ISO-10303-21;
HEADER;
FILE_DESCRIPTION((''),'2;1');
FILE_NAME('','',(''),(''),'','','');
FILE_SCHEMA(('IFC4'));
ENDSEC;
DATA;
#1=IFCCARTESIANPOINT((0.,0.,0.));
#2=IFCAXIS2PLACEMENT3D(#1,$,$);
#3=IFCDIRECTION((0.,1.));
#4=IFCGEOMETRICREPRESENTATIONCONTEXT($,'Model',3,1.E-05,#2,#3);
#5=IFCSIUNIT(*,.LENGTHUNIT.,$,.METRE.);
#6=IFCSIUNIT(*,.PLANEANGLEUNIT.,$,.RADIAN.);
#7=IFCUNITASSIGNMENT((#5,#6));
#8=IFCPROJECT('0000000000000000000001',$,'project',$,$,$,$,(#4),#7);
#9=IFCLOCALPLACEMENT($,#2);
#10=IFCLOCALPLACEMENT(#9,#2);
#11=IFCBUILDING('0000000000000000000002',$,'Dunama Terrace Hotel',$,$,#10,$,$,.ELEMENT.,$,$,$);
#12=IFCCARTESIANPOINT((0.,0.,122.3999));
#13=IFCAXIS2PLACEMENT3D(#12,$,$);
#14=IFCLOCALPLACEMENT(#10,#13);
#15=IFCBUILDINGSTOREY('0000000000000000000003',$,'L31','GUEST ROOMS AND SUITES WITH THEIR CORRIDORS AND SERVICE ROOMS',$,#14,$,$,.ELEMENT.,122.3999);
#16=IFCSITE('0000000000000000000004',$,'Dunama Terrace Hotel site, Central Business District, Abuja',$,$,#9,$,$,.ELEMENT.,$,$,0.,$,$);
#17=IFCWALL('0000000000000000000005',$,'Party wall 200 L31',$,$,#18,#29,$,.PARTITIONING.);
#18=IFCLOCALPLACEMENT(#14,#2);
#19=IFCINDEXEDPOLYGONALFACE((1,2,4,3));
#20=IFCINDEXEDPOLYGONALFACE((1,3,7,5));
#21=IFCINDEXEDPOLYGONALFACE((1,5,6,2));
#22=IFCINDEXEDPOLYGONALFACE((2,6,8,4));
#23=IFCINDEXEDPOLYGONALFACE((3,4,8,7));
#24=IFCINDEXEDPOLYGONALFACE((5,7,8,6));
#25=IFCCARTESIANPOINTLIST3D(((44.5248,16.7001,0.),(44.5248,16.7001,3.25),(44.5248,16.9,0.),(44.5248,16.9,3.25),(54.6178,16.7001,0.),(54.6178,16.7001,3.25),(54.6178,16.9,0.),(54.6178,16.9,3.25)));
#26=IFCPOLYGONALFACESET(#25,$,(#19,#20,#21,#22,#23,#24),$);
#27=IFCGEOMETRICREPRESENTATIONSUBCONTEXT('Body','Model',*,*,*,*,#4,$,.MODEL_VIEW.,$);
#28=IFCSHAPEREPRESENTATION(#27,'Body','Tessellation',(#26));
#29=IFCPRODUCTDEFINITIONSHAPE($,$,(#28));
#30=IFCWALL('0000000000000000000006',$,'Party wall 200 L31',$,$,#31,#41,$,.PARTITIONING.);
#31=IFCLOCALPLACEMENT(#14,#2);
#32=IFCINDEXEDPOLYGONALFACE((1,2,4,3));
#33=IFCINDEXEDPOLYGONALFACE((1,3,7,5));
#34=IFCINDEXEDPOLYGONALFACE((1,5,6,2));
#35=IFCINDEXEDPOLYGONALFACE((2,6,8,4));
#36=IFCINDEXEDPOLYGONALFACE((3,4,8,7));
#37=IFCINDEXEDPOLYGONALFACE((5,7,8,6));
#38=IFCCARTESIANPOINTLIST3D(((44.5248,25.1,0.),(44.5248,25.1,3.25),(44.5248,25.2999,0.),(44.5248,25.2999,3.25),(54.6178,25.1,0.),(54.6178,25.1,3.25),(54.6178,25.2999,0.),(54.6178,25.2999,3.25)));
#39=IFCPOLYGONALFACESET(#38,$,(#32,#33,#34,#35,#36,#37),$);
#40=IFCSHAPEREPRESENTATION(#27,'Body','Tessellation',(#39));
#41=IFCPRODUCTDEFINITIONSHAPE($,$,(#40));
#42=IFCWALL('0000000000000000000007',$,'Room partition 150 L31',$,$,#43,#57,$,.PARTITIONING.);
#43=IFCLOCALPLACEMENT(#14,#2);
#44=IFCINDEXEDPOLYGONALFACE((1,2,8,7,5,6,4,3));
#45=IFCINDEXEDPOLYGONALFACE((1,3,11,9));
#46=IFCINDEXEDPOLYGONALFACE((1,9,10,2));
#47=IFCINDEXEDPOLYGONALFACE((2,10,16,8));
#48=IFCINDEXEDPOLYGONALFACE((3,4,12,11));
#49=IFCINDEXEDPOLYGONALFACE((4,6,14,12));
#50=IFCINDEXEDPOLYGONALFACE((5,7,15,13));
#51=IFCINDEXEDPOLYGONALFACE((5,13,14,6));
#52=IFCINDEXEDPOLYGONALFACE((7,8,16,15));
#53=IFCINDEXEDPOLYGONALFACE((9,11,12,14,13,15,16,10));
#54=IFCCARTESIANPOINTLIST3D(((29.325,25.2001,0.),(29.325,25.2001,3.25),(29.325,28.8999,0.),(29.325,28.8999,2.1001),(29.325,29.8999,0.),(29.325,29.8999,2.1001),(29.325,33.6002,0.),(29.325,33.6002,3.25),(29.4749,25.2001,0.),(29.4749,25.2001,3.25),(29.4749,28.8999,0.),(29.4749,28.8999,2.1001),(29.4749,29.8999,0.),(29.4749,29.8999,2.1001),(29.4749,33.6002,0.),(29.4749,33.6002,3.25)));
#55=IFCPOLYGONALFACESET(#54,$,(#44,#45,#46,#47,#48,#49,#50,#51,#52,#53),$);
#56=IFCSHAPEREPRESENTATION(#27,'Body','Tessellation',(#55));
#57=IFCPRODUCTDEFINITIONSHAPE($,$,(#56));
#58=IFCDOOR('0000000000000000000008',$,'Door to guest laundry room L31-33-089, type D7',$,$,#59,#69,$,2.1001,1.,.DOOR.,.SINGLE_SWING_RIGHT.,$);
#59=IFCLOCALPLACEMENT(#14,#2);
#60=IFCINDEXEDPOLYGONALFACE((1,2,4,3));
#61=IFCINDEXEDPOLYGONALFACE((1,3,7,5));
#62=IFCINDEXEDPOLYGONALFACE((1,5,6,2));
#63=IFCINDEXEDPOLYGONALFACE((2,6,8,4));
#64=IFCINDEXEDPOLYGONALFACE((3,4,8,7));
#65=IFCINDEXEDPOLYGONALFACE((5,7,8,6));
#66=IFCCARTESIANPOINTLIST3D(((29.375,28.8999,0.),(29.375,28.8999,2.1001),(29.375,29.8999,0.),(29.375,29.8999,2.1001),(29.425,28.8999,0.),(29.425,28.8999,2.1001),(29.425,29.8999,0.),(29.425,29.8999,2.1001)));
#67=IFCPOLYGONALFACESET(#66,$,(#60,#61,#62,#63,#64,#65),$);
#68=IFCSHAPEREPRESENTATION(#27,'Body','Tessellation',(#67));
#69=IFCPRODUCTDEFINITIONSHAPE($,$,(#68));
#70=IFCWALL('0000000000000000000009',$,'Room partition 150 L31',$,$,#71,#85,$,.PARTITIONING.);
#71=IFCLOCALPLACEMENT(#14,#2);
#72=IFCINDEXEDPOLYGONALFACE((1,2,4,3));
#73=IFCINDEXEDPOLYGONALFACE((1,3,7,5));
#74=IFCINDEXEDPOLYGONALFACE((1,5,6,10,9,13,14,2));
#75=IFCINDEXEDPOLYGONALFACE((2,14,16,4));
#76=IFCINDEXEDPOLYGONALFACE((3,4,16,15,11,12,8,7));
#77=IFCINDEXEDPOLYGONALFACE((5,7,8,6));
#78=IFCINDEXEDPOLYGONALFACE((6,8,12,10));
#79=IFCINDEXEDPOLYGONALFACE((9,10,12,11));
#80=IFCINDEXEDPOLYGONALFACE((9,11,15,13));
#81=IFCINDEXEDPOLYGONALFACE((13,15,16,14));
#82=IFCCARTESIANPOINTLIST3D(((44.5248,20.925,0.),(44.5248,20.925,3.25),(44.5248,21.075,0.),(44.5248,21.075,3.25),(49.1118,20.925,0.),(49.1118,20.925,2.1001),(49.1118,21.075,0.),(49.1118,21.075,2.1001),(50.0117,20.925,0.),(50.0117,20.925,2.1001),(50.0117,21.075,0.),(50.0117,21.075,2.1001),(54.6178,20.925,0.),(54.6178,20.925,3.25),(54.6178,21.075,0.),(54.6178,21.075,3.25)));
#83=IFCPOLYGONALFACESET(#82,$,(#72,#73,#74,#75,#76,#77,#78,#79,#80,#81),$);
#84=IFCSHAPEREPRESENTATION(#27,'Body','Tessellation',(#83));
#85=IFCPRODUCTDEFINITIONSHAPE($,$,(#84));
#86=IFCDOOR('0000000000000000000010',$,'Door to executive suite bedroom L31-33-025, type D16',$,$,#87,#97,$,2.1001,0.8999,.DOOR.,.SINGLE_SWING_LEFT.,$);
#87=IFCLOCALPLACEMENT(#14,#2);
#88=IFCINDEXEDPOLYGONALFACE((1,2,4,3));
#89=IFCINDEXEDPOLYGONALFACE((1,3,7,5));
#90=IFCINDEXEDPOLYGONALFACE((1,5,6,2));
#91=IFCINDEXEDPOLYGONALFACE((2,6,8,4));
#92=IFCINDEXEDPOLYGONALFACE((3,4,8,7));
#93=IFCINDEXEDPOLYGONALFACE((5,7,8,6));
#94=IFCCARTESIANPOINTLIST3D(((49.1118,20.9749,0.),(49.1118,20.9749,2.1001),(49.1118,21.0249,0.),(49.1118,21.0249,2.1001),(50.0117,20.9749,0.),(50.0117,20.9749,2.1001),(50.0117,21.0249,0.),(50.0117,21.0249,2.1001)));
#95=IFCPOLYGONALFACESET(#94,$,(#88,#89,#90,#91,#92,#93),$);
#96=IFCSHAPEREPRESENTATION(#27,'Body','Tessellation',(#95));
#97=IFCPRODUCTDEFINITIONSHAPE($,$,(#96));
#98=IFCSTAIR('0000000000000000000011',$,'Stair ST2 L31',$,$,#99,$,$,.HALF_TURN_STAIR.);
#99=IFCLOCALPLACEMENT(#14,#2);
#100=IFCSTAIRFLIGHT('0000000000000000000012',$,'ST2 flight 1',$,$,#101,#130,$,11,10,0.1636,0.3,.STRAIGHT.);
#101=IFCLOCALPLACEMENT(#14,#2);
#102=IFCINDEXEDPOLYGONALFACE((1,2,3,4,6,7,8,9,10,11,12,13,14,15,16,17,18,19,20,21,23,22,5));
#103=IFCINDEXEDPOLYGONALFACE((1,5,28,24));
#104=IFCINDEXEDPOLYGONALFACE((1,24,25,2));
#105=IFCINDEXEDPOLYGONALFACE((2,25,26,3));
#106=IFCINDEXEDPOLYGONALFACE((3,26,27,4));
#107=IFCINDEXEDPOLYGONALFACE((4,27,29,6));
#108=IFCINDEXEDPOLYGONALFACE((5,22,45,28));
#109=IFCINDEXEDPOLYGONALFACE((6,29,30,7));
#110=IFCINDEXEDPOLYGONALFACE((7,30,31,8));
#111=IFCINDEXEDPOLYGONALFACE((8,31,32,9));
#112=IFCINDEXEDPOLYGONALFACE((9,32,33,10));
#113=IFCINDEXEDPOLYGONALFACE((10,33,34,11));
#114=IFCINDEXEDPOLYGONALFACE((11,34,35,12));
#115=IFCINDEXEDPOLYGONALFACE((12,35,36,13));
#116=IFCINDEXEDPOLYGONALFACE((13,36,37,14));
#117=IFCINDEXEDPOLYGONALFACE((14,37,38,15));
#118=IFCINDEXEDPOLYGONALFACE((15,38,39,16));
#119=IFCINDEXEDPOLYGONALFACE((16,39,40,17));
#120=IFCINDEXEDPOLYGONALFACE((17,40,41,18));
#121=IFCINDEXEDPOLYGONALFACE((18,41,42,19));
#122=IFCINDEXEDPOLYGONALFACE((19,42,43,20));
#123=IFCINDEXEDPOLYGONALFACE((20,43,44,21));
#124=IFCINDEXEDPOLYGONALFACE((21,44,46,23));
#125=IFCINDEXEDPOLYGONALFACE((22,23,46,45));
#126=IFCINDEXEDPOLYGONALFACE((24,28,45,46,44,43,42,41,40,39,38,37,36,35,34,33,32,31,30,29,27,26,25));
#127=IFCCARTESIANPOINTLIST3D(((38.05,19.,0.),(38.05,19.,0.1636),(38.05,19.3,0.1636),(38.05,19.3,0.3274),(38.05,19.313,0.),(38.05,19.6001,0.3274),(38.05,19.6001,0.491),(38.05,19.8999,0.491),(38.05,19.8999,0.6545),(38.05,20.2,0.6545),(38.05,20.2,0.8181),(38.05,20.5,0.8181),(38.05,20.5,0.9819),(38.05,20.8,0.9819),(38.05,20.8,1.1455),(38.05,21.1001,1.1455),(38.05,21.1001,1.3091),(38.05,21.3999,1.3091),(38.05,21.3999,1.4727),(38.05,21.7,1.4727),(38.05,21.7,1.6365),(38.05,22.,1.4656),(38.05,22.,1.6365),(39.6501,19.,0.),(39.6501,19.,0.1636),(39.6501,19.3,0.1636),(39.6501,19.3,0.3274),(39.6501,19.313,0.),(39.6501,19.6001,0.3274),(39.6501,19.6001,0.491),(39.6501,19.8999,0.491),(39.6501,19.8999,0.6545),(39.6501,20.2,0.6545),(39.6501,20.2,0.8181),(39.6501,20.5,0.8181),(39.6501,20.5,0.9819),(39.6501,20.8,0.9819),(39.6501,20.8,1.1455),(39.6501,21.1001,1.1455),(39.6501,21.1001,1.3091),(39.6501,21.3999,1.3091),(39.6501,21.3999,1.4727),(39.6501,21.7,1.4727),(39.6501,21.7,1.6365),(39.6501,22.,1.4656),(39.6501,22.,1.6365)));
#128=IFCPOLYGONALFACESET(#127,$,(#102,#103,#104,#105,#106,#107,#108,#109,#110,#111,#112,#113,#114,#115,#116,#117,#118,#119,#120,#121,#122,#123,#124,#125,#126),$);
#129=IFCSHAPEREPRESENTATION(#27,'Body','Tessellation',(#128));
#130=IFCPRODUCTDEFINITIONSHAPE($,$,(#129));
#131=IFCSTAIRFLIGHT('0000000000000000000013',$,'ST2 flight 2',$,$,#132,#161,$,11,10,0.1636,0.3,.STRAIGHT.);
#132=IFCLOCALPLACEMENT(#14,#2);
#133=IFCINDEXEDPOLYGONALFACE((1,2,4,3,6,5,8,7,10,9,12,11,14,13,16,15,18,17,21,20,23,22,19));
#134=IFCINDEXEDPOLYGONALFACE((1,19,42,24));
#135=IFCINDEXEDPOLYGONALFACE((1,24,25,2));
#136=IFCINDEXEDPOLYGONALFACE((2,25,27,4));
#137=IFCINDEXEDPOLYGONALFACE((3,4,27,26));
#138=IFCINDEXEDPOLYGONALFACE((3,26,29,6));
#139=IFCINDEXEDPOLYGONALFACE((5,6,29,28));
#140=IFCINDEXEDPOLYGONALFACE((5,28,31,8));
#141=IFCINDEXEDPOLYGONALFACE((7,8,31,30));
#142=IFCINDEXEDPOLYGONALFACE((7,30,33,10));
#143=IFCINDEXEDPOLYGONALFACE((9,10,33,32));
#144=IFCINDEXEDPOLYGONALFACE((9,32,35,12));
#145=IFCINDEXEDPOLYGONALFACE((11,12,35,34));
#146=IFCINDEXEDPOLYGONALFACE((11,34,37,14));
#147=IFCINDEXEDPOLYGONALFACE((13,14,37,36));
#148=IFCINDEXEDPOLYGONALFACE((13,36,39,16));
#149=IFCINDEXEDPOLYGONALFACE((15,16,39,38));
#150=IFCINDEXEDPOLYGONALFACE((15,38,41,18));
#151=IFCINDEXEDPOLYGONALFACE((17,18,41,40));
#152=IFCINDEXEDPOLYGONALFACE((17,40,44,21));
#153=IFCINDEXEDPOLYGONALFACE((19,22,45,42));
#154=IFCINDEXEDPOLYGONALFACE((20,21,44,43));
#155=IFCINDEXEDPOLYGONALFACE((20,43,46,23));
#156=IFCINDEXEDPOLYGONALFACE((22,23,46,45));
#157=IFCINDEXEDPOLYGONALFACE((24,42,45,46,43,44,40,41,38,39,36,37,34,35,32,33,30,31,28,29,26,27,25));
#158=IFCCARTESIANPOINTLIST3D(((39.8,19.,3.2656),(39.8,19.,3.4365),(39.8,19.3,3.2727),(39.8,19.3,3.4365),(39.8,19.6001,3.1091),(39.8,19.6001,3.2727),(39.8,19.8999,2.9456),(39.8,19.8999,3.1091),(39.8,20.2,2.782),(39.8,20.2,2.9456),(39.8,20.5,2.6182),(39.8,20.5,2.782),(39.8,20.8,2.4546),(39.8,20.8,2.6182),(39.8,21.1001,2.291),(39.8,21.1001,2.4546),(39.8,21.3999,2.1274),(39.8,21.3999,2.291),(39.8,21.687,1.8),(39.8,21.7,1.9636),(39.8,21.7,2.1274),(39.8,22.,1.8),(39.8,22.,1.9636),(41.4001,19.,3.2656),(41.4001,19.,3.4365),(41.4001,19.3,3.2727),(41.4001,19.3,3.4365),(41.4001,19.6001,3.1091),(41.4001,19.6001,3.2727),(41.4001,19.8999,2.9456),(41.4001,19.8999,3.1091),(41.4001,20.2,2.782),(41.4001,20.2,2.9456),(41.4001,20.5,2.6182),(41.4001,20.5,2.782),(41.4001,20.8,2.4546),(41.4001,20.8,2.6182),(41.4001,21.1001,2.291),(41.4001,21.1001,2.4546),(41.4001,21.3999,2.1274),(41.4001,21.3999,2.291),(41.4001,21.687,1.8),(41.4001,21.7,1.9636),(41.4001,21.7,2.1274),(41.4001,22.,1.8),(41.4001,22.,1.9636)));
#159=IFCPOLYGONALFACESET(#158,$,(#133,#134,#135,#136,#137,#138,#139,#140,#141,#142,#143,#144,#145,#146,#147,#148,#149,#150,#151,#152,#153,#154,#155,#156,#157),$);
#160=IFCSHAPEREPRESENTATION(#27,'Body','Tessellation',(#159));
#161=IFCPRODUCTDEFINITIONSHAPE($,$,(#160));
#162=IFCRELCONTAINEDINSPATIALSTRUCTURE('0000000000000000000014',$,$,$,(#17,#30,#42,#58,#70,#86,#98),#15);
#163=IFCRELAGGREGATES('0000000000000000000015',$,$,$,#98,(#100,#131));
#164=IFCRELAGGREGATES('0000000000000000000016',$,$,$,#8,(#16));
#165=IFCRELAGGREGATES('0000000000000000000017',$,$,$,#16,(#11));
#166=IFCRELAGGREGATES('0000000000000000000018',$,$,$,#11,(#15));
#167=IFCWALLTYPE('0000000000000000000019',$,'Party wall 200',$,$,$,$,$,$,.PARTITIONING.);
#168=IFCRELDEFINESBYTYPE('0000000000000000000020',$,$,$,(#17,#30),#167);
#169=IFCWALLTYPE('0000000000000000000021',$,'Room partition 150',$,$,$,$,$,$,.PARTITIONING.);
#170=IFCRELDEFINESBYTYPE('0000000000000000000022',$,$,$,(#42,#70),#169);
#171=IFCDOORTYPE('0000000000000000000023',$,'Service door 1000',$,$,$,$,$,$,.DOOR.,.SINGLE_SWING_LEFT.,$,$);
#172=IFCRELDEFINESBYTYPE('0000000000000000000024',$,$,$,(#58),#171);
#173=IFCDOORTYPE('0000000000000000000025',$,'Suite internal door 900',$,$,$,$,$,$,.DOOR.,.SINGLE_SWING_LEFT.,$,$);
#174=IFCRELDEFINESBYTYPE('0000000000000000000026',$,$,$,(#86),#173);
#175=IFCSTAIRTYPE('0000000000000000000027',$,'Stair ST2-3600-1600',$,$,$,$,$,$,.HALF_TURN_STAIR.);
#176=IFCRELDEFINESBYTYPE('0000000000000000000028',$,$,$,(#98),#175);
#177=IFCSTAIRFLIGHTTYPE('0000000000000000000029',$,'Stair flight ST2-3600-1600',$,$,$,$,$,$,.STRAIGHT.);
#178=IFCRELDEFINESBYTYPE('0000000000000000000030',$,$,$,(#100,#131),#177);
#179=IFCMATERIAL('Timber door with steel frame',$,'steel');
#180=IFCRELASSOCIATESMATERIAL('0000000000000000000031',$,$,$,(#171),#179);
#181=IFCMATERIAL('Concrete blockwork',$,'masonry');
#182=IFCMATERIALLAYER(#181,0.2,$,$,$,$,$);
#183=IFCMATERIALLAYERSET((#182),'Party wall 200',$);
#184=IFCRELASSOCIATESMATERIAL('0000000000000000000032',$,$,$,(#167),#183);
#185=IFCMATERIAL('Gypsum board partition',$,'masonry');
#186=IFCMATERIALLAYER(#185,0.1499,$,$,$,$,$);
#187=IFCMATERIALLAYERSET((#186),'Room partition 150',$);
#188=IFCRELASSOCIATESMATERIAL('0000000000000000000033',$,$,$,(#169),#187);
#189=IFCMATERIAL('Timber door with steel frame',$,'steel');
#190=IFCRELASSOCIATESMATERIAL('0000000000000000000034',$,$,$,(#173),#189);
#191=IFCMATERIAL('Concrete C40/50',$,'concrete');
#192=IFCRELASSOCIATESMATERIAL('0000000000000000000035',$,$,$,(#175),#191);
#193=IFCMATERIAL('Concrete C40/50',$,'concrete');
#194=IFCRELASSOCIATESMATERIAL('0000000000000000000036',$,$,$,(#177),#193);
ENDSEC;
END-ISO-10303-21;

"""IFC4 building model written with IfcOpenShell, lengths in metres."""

from ifc_helpers import new_model, si_unit, direction, frame, frame_2d, origin, place, context, subcontext, project, spatial, polyline, rectangle, outline, extrude, material, layer, layer_set, type_object, element, fill, aggregate, save


model = new_model("IFC4")

# Units and contexts
model_context = context("Model", 3, precision=1e-05, world=origin(), true_north=direction((0.0, 1.0)))
body_context = subcontext(model_context, "Body", "Model", "MODEL_VIEW")
ifc_project = project(units=[si_unit("LENGTHUNIT", "METRE"), si_unit("PLANEANGLEUNIT", "RADIAN")], contexts=[model_context])

# Site, building, storey
site_placement = place(None, origin())
site = spatial("IfcSite", under=ifc_project, at=site_placement, Name="Dunama Terrace Hotel site, Central Business District, Abuja", CompositionType="ELEMENT", RefElevation=0.0)
building_placement = place(site_placement, origin())
building = spatial("IfcBuilding", under=site, at=building_placement, Name="Dunama Terrace Hotel", CompositionType="ELEMENT")
storey_placement = place(building_placement, frame((0.0, 0.0, 122.3999)))
storey = spatial("IfcBuildingStorey", under=building, at=storey_placement, Name="L31", Description="GUEST ROOMS AND SUITES WITH THEIR CORRIDORS AND SERVICE ROOMS", CompositionType="ELEMENT", Elevation=122.3999)

# Shared definitions
ifc_material_1 = material(Name="Timber door with steel frame", Category="steel")
door_type_1 = type_object("IfcDoorType", Name="Service door 1000", OperationType="SINGLE_SWING_LEFT", PredefinedType="DOOR", material=ifc_material_1)

# Walls
ifc_material_2 = material(Name="Concrete blockwork", Category="masonry")
ifc_layer_1 = layer(ifc_material_2, 0.2)
ifc_layer_set_1 = layer_set([ifc_layer_1], Name="Party wall 200")
wall_type_1 = type_object("IfcWallType", Name="Party wall 200", PredefinedType="PARTITIONING", material=ifc_layer_set_1)
for number, where, z_axis, x_axis, name in (
    (1, (44.5249, 16.8, 0.0), (0.0, 0.0, 1.0), (1.0, 0.0, 0.0), "Party wall 200 L31"),
    (2, (44.5249, 25.2, 0.0), (0.0, 0.0, 1.0), (1.0, 0.0, 0.0), "Party wall 200 L31"),
):
    element("IfcWall", number, at=place(storey_placement, frame(where, z_axis=z_axis, x_axis=x_axis)), inside=storey, type_object=wall_type_1, Name=name, PredefinedType="PARTITIONING", context=body_context, shape_type="SweptSolid", body=[
        extrude(rectangle(XDim=10.093, YDim=0.2, at=frame_2d((5.0464, 0.0))), origin(), (0.0, 0.0, 1.0), 3.25),
    ])

# Walls, openings, doors
ifc_material_3 = material(Name="Gypsum board partition", Category="masonry")
ifc_layer_2 = layer(ifc_material_3, 0.1499)
ifc_layer_set_2 = layer_set([ifc_layer_2], Name="Room partition 150")
wall_type_2 = type_object("IfcWallType", Name="Room partition 150", PredefinedType="PARTITIONING", material=ifc_layer_set_2)
wall_1_placement = place(storey_placement, frame((29.3999, 25.2, 0.0), z_axis=(0.0, 0.0, 1.0), x_axis=(0.0, 1.0, 0.0)))
wall_1 = element("IfcWall", 3, at=wall_1_placement, inside=storey, type_object=wall_type_2, Name="Room partition 150 L31", PredefinedType="PARTITIONING", context=body_context, shape_type="SweptSolid", body=[
    extrude(rectangle(XDim=8.4001, YDim=0.1499, at=frame_2d((4.2002, 0.0))), origin(), (0.0, 0.0, 1.0), 3.25),
])
opening_1_placement = place(wall_1_placement, frame((3.7, 0.0, 0.0)))
opening_1 = element("IfcOpeningElement", 4, at=opening_1_placement, cuts=wall_1, PredefinedType="OPENING", context=body_context, shape_type="SweptSolid", body=[
    extrude(rectangle(XDim=1.0, YDim=2.1001, at=frame_2d((0.5, 1.05))), frame((0.0, 0.085, 0.0), z_axis=(0.0, -1.0, 0.0), x_axis=(1.0, 0.0, 0.0)), (0.0, 0.0, 1.0), 0.1699),
])
door_1_placement = place(opening_1_placement, frame((1.0, 0.0, 0.0), z_axis=(0.0, 0.0, 1.0), x_axis=(-1.0, 0.0, 0.0)))
door_1 = element("IfcDoor", 5, at=door_1_placement, inside=storey, type_object=door_type_1, Name="Door to guest laundry room L31-33-089, type D7", OperationType="SINGLE_SWING_RIGHT", OverallHeight=2.1001, OverallWidth=1.0, PredefinedType="DOOR", context=body_context, shape_type="SweptSolid", body=[
    extrude(rectangle(XDim=1.0, YDim=2.1001, at=frame_2d((0.5, 1.05))), frame((0.0, 0.0251, 0.0), z_axis=(0.0, -1.0, 0.0), x_axis=(1.0, 0.0, 0.0)), (0.0, 0.0, 1.0), 0.05),
])
fill(opening_1, door_1)
wall_2_placement = place(storey_placement, frame((44.5249, 21.0, 0.0), z_axis=(0.0, 0.0, 1.0), x_axis=(1.0, 0.0, 0.0)))
wall_2 = element("IfcWall", 6, at=wall_2_placement, inside=storey, type_object=wall_type_2, Name="Room partition 150 L31", PredefinedType="PARTITIONING", context=body_context, shape_type="SweptSolid", body=[
    extrude(rectangle(XDim=10.093, YDim=0.1499, at=frame_2d((5.0464, 0.0))), origin(), (0.0, 0.0, 1.0), 3.25),
])
opening_2_placement = place(wall_2_placement, frame((4.5869, 0.0, 0.0)))
opening_2 = element("IfcOpeningElement", 7, at=opening_2_placement, cuts=wall_2, PredefinedType="OPENING", context=body_context, shape_type="SweptSolid", body=[
    extrude(rectangle(XDim=0.8999, YDim=2.1001, at=frame_2d((0.45, 1.05))), frame((0.0, 0.085, 0.0), z_axis=(0.0, -1.0, 0.0), x_axis=(1.0, 0.0, 0.0)), (0.0, 0.0, 1.0), 0.1699),
])
ifc_material_4 = material(Name="Timber door with steel frame", Category="steel")
door_type_2 = type_object("IfcDoorType", Name="Suite internal door 900", OperationType="SINGLE_SWING_LEFT", PredefinedType="DOOR", material=ifc_material_4)
door_2_placement = place(opening_2_placement, origin())
door_2 = element("IfcDoor", 8, at=door_2_placement, inside=storey, type_object=door_type_2, Name="Door to executive suite bedroom L31-33-025, type D16", OperationType="SINGLE_SWING_LEFT", OverallHeight=2.1001, OverallWidth=0.8999, PredefinedType="DOOR", context=body_context, shape_type="SweptSolid", body=[
    extrude(rectangle(XDim=0.8999, YDim=2.1001, at=frame_2d((0.45, 1.05))), frame((0.0, 0.0249, 0.0), z_axis=(0.0, -1.0, 0.0), x_axis=(1.0, 0.0, 0.0)), (0.0, 0.0, 1.0), 0.05),
])
fill(opening_2, door_2)

# Stair, stair flights
ifc_material_5 = material(Name="Concrete C40/50", Category="concrete")
stair_type = type_object("IfcStairType", Name="Stair ST2-3600-1600", PredefinedType="HALF_TURN_STAIR", material=ifc_material_5)
stair_placement = place(storey_placement, origin())
stair = element("IfcStair", 9, at=stair_placement, inside=storey, type_object=stair_type, Name="Stair ST2 L31", PredefinedType="HALF_TURN_STAIR")
ifc_material_6 = material(Name="Concrete C40/50", Category="concrete")
stair_flight_type = type_object("IfcStairFlightType", Name="Stair flight ST2-3600-1600", PredefinedType="STRAIGHT", material=ifc_material_6)
stair_flight_1_placement = place(storey_placement, frame((38.8501, 19.0, 0.0), z_axis=(0.0, 0.0, 1.0), x_axis=(0.0, 1.0, 0.0)))
stair_flight_1 = element("IfcStairFlight", 10, at=stair_flight_1_placement, type_object=stair_flight_type, Name="ST2 flight 1", NumberOfRisers=11, NumberOfTreads=10, PredefinedType="STRAIGHT", RiserHeight=0.1636, TreadLength=0.3, context=body_context, shape_type="SweptSolid", body=[
    extrude(outline(polyline([(0.0, 0.0), (0.0, 0.1636), (0.3, 0.1636), (0.3, 0.3274), (0.6001, 0.3274), (0.6001, 0.491), (0.8999, 0.491), (0.8999, 0.6545), (1.2, 0.6545), (1.2, 0.8181), (1.5, 0.8181), (1.5, 0.9819), (1.8, 0.9819), (1.8, 1.1455), (2.1001, 1.1455), (2.1001, 1.3091), (2.3999, 1.3091), (2.3999, 1.4727), (2.7, 1.4727), (2.7, 1.6365), (3.0, 1.6365), (3.0, 1.8), (3.0, 1.4656), (0.313, 0.0), (0.0, 0.0)])), frame((0.0, 0.8, 0.0), z_axis=(0.0, -1.0, 0.0), x_axis=(1.0, 0.0, 0.0)), (0.0, 0.0, 1.0), 1.6001),
])
stair_flight_2_placement = place(storey_placement, frame((40.6001, 22.0, 1.8), z_axis=(0.0, 0.0, 1.0), x_axis=(0.0, -1.0, 0.0)))
stair_flight_2 = element("IfcStairFlight", 11, at=stair_flight_2_placement, type_object=stair_flight_type, Name="ST2 flight 2", NumberOfRisers=11, NumberOfTreads=10, PredefinedType="STRAIGHT", RiserHeight=0.1636, TreadLength=0.3, context=body_context, shape_type="SweptSolid", body=[
    extrude(outline(polyline([(0.0, 0.0), (0.0, 0.1636), (0.3, 0.1636), (0.3, 0.3274), (0.6001, 0.3274), (0.6001, 0.491), (0.8999, 0.491), (0.8999, 0.6545), (1.2, 0.6545), (1.2, 0.8181), (1.5, 0.8181), (1.5, 0.9819), (1.8, 0.9819), (1.8, 1.1455), (2.1001, 1.1455), (2.1001, 1.3091), (2.3999, 1.3091), (2.3999, 1.4727), (2.7, 1.4727), (2.7, 1.6365), (3.0, 1.6365), (3.0, 1.8), (3.0, 1.4656), (0.313, 0.0), (0.0, 0.0)])), frame((0.0, 0.8, 0.0), z_axis=(0.0, -1.0, 0.0), x_axis=(1.0, 0.0, 0.0)), (0.0, 0.0, 1.0), 1.6001),
])
aggregate(stair, [stair_flight_1, stair_flight_2])

save(model, "model.ifc")
